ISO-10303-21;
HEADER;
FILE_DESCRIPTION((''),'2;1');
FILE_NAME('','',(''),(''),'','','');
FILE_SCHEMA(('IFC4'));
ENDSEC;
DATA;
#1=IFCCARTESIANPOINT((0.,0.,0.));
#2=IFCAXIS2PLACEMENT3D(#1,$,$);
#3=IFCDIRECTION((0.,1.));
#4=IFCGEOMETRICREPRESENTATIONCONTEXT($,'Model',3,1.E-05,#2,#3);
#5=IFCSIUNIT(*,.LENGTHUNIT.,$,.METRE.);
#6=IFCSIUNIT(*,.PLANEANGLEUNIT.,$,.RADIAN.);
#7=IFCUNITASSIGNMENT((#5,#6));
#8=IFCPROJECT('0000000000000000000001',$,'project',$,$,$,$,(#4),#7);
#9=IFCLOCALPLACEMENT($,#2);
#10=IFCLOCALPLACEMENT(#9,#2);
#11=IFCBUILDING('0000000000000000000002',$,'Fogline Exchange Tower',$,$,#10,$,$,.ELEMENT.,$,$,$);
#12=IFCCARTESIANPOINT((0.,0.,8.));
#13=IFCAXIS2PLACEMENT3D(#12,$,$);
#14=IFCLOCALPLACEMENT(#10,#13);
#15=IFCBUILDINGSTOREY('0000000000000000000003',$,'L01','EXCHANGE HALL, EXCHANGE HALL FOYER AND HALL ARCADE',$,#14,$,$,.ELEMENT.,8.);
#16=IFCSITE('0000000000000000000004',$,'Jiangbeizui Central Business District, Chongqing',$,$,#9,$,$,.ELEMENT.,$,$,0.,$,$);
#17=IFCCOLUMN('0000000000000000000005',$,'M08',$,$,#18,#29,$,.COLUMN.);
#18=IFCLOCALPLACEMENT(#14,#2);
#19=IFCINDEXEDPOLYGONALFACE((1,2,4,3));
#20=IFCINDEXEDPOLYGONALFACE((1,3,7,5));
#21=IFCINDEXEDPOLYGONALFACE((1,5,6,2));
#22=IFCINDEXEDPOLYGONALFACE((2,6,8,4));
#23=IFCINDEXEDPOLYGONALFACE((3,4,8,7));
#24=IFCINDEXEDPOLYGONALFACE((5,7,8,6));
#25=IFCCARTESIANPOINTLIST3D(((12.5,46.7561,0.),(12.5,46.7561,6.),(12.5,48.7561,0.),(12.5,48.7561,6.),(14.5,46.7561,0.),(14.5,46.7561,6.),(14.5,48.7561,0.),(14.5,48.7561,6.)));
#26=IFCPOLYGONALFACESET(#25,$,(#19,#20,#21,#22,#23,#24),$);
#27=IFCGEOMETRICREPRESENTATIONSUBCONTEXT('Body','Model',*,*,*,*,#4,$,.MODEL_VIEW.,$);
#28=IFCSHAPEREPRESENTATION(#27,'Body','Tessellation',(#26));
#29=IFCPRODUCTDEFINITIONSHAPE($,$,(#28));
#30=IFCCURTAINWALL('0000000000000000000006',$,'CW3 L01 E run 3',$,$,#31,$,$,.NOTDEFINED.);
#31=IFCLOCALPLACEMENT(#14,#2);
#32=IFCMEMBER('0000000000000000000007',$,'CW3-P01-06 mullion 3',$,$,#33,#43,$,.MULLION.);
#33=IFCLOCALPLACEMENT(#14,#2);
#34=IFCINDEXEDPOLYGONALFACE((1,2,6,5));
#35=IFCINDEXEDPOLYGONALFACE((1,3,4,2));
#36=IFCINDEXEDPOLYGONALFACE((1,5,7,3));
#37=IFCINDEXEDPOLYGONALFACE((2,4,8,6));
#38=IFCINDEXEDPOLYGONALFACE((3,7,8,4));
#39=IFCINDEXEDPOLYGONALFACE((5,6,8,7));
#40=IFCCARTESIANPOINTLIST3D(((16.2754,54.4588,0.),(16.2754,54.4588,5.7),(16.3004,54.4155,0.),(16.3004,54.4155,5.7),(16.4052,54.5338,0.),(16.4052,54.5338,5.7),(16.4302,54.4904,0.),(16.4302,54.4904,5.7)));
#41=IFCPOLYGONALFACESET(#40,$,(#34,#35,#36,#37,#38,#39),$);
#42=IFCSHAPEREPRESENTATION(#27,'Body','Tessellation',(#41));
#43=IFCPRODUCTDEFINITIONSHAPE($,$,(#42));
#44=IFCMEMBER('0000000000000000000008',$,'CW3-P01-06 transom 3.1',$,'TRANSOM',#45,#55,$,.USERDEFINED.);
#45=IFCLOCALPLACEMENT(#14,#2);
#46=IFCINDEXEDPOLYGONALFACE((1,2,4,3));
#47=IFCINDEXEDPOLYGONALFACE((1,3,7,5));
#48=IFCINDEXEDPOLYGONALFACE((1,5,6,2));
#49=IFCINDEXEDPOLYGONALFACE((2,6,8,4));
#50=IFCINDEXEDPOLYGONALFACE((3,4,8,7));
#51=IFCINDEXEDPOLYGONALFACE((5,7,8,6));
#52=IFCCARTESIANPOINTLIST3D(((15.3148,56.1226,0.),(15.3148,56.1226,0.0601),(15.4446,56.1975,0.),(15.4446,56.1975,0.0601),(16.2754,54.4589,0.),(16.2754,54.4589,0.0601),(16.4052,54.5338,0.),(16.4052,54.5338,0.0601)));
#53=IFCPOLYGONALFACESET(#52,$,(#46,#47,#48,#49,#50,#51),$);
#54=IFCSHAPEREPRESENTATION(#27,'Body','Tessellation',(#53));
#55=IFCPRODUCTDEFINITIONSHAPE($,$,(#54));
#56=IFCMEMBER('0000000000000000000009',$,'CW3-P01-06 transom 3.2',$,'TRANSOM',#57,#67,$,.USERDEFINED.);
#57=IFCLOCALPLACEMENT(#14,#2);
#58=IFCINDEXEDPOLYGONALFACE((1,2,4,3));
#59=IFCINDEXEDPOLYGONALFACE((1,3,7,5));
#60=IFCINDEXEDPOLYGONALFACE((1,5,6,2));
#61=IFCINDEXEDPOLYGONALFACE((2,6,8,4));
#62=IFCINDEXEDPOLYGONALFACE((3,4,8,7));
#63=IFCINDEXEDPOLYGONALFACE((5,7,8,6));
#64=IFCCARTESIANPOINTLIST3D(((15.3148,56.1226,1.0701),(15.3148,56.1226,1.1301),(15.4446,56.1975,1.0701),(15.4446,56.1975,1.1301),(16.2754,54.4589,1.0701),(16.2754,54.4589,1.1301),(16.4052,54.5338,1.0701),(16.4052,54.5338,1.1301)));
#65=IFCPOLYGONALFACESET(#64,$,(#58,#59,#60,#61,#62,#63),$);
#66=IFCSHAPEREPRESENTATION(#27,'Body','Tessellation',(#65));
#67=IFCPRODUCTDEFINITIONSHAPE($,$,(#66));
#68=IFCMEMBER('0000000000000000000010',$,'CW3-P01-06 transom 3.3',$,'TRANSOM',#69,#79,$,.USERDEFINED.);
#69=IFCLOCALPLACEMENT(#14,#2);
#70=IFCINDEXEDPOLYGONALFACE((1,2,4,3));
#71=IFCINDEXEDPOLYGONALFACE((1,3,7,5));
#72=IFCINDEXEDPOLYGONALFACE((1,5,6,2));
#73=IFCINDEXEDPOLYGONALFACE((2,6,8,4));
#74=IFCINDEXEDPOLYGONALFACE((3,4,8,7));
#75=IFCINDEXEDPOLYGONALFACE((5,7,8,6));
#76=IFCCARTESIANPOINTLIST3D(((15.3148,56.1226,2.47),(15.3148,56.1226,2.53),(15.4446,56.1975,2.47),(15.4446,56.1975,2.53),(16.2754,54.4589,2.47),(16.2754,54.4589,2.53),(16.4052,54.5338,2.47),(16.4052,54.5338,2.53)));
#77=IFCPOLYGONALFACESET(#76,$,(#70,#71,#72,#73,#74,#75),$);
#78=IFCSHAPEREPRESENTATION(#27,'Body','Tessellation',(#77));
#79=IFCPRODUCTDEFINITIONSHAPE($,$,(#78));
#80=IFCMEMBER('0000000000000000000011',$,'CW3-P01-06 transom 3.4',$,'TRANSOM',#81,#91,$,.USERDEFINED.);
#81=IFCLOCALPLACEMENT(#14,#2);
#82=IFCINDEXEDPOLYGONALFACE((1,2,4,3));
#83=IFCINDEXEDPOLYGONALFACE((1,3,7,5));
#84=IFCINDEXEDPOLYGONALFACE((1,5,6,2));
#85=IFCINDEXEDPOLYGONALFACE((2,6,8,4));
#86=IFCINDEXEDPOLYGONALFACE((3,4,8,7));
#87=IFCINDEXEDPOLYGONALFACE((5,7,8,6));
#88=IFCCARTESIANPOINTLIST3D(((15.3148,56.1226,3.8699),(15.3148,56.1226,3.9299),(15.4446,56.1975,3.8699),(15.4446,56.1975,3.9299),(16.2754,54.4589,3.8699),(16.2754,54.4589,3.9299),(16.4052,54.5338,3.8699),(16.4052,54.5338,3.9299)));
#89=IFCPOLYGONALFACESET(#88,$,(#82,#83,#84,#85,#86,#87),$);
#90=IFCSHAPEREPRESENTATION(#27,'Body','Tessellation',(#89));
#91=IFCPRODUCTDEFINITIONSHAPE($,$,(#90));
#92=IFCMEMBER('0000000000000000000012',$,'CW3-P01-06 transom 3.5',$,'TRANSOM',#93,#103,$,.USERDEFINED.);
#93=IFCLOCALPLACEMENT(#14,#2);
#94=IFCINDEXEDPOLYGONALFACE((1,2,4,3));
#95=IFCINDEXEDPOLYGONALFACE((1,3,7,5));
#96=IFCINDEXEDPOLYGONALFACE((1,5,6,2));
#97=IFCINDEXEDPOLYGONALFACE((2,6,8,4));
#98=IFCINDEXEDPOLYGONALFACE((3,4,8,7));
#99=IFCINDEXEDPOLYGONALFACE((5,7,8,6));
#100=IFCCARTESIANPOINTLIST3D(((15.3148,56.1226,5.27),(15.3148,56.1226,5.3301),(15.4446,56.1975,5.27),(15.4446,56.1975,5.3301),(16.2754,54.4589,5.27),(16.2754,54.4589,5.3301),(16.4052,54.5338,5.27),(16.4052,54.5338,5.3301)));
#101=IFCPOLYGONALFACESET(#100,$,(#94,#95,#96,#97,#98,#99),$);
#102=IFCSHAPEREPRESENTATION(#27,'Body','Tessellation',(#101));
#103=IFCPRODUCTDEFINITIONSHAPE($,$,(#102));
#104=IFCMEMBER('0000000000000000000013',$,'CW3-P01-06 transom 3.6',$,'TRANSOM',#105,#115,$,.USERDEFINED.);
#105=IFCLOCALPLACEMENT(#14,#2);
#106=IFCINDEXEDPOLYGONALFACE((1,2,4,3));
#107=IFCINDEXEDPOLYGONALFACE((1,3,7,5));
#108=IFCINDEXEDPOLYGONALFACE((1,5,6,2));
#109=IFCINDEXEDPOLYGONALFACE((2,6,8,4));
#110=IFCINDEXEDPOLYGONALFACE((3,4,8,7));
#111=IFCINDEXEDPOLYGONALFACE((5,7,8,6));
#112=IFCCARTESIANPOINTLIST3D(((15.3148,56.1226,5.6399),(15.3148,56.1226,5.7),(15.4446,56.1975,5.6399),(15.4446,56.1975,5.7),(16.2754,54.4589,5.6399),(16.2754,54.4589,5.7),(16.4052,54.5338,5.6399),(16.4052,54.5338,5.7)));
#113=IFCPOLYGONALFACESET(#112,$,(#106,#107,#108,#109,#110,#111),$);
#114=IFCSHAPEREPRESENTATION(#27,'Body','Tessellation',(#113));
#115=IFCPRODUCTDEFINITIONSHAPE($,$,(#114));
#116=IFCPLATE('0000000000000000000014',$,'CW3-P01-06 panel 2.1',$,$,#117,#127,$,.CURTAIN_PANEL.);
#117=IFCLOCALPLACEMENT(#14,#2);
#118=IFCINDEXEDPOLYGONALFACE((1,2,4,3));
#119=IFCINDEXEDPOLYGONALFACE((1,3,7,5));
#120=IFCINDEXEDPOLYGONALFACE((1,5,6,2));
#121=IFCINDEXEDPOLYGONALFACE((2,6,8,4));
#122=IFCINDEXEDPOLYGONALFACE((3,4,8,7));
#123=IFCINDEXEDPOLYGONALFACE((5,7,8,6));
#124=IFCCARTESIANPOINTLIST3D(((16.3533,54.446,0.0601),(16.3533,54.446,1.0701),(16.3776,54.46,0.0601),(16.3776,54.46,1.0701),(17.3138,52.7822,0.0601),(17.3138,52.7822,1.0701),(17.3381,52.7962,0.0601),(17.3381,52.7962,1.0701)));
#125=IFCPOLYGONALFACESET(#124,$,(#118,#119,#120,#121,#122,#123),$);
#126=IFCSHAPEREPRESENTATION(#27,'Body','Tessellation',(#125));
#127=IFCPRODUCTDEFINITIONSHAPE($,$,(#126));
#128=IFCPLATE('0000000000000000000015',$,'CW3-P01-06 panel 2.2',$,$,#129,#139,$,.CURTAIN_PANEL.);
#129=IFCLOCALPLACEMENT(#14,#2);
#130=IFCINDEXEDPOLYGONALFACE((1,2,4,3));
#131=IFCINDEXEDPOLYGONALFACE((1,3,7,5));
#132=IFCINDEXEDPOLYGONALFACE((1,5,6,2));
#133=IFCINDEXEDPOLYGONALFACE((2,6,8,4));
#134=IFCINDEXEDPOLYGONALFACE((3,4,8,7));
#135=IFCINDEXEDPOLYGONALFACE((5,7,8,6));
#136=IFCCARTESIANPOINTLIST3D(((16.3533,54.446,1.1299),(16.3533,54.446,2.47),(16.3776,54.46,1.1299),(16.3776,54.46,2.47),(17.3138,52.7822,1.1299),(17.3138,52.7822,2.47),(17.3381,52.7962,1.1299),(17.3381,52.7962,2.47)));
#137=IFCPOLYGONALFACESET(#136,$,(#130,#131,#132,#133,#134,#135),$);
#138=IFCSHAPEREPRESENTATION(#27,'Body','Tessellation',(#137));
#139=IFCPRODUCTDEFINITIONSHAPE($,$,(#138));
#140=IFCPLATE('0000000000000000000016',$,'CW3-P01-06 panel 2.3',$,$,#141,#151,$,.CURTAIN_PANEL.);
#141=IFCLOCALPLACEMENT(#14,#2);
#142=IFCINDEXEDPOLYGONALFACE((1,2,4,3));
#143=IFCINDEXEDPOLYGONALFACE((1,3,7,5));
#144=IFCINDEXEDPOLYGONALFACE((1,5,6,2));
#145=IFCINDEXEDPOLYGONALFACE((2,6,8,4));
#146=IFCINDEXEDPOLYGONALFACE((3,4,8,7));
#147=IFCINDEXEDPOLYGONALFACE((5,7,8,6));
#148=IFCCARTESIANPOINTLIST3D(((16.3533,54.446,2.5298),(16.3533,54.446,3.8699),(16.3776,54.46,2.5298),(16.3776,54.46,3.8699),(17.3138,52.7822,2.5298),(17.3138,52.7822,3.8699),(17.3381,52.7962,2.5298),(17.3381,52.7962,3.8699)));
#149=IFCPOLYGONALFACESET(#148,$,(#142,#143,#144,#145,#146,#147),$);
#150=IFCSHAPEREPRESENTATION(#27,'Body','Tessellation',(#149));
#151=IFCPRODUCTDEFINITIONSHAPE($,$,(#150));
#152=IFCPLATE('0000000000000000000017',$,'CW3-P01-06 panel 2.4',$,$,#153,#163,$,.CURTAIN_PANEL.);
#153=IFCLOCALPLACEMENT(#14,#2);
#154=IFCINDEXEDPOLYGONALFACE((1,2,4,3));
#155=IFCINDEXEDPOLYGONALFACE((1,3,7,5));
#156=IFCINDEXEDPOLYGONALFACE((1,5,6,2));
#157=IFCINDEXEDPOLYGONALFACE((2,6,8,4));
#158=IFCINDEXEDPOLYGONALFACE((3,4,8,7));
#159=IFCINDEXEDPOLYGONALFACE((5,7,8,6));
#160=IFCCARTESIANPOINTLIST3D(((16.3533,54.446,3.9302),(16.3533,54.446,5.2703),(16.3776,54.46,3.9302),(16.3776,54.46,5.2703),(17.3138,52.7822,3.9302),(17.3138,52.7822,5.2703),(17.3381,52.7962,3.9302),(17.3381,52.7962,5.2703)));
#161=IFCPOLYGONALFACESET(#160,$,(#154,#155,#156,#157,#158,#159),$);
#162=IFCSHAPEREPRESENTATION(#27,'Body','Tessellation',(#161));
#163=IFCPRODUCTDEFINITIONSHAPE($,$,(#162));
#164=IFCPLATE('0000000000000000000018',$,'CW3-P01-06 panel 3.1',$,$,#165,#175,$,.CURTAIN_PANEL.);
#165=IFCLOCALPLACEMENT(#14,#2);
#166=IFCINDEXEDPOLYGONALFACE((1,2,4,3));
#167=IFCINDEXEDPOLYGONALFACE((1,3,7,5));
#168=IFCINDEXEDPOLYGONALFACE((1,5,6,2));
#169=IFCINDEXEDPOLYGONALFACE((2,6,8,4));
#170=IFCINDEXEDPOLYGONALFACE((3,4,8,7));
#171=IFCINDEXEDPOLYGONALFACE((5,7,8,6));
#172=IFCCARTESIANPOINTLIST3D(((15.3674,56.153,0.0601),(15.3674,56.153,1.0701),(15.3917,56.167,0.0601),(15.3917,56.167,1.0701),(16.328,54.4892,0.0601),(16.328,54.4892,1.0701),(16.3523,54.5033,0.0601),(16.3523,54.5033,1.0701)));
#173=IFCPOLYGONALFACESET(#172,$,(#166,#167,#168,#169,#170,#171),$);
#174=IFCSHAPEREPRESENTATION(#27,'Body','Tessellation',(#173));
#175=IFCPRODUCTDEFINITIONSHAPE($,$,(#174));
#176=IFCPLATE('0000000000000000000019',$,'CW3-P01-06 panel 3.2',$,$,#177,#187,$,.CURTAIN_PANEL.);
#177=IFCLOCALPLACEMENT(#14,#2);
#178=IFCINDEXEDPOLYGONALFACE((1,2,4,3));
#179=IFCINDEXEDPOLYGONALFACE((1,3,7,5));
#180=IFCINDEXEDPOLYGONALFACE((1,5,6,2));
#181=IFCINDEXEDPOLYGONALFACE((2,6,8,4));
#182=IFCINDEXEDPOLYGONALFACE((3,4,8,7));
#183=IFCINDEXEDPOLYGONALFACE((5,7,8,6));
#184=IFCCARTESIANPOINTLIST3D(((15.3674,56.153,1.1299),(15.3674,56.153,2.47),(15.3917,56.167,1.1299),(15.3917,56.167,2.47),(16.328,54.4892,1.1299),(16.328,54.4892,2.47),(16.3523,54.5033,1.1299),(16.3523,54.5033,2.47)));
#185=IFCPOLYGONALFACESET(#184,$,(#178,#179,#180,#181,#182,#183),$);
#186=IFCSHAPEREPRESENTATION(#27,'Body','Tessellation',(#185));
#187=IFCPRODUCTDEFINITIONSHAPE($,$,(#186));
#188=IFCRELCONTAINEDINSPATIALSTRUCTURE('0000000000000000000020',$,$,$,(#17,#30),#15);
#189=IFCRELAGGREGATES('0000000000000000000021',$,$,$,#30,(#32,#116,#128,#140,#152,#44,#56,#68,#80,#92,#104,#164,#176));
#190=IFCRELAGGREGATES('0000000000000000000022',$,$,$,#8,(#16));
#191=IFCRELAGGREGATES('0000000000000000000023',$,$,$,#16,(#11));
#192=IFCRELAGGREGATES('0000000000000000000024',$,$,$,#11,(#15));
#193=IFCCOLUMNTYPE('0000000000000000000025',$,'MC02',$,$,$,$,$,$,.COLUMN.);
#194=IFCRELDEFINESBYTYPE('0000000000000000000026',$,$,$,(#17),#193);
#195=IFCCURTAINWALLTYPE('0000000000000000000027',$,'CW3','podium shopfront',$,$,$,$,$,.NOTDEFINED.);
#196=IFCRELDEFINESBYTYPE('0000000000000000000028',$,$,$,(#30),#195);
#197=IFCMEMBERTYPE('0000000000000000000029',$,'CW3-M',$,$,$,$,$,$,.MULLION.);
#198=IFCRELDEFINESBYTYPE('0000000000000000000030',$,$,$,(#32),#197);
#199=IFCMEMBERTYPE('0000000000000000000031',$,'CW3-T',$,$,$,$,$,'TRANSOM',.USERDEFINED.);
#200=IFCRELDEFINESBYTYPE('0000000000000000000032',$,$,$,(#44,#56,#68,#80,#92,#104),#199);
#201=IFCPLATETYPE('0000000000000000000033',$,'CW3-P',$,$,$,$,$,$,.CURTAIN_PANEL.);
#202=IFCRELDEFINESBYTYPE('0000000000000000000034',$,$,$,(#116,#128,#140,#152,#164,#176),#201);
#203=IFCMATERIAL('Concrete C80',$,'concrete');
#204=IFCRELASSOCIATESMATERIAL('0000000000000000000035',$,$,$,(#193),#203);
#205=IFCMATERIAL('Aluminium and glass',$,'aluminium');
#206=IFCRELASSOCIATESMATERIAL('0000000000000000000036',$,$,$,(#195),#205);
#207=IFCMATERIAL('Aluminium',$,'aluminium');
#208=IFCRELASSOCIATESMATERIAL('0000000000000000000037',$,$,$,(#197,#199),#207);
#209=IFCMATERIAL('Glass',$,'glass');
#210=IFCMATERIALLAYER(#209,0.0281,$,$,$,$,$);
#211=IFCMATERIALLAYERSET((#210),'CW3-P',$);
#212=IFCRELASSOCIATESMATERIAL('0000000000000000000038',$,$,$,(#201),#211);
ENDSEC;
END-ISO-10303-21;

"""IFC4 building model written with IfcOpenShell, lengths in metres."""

from ifc_helpers import new_model, si_unit, direction, frame, origin, origin_2d, place, context, subcontext, project, spatial, rectangle, extrude, material, layer, layer_set, material_profile, profile_set, type_object, element, aggregate, save


model = new_model("IFC4")

# Units and contexts
model_context = context("Model", 3, precision=1e-05, world=origin(), true_north=direction((0.0, 1.0)))
body_context = subcontext(model_context, "Body", "Model", "MODEL_VIEW")
ifc_project = project(units=[si_unit("LENGTHUNIT", "METRE"), si_unit("PLANEANGLEUNIT", "RADIAN")], contexts=[model_context])

# Site, building, storey
site_placement = place(None, origin())
site = spatial("IfcSite", under=ifc_project, at=site_placement, Name="Jiangbeizui Central Business District, Chongqing", CompositionType="ELEMENT", RefElevation=0.0)
building_placement = place(site_placement, origin())
building = spatial("IfcBuilding", under=site, at=building_placement, Name="Fogline Exchange Tower", CompositionType="ELEMENT")
storey_placement = place(building_placement, frame((0.0, 0.0, 8.0)))
storey = spatial("IfcBuildingStorey", under=building, at=storey_placement, Name="L01", Description="EXCHANGE HALL, EXCHANGE HALL FOYER AND HALL ARCADE", CompositionType="ELEMENT", Elevation=8.0)

# Column
ifc_material_1 = material(Name="Concrete C80", Category="concrete")
ifc_material_profile_1 = material_profile(ifc_material_1, rectangle(XDim=2.0, YDim=2.0, at=origin_2d()), Name="RC 2000x2000")
ifc_profile_set_1 = profile_set([ifc_material_profile_1], Name="Concrete C80")
column_type = type_object("IfcColumnType", Name="MC02", PredefinedType="COLUMN", material=ifc_profile_set_1)
column_placement = place(storey_placement, frame((13.5, 47.7561, 0.0), z_axis=(0.0, 0.0, 1.0), x_axis=(1.0, 0.0, 0.0)))
element("IfcColumn", 1, at=column_placement, inside=storey, type_object=column_type, Name="M08", PredefinedType="COLUMN", context=body_context, shape_type="SweptSolid", body=[
    extrude(rectangle(XDim=2.0, YDim=2.0, at=origin_2d()), origin(), (0.0, 0.0, 1.0), 6.0),
])

# Curtain wall, members, plates
ifc_material_2 = material(Name="Aluminium and glass", Category="aluminium")
curtain_wall_type = type_object("IfcCurtainWallType", Name="CW3", Description="podium shopfront", PredefinedType="NOTDEFINED", material=ifc_material_2)
curtain_wall_placement = place(storey_placement, origin())
curtain_wall = element("IfcCurtainWall", 2, at=curtain_wall_placement, inside=storey, type_object=curtain_wall_type, Name="CW3 L01 E run 3", PredefinedType="NOTDEFINED")
ifc_material_3 = material(Name="Aluminium", Category="aluminium")
ifc_material_profile_2 = material_profile(ifc_material_3, rectangle(XDim=0.1499, YDim=0.05, at=origin_2d()), Name="Mullion 50x150")
ifc_profile_set_2 = profile_set([ifc_material_profile_2], Name="Aluminium")
member_type_1 = type_object("IfcMemberType", Name="CW3-M", PredefinedType="MULLION", material=ifc_profile_set_2)
member_1_placement = place(storey_placement, frame((16.3528, 54.4746, 0.0), z_axis=(0.0, 0.0, 1.0), x_axis=(-0.866025, -0.5, 0.0)))
member_1 = element("IfcMember", 3, at=member_1_placement, type_object=member_type_1, Name="CW3-P01-06 mullion 3", PredefinedType="MULLION", context=body_context, shape_type="SweptSolid", body=[
    extrude(rectangle(XDim=0.1499, YDim=0.05, at=origin_2d()), origin(), (0.0, 0.0, 1.0), 5.7),
])
ifc_material_profile_3 = material_profile(ifc_material_3, rectangle(XDim=0.1499, YDim=0.0601, at=origin_2d()), Name="Transom 60x150")
ifc_profile_set_3 = profile_set([ifc_material_profile_3], Name="Aluminium")
member_type_2 = type_object("IfcMemberType", Name="CW3-T", ElementType="TRANSOM", PredefinedType="USERDEFINED", material=ifc_profile_set_3)
member_2_placement = place(storey_placement, frame((16.3403, 54.4963, 0.03), z_axis=(-0.500034, 0.866006, 0.0), x_axis=(-0.866006, -0.500034, 0.0)))
member_2 = element("IfcMember", 4, at=member_2_placement, type_object=member_type_2, Name="CW3-P01-06 transom 3.1", ObjectType="TRANSOM", PredefinedType="USERDEFINED", context=body_context, shape_type="SweptSolid", body=[
    extrude(rectangle(XDim=0.1499, YDim=0.0601, at=origin_2d()), origin(), (0.0, 0.0, 1.0), 1.9211),
])
member_3_placement = place(storey_placement, frame((16.3403, 54.4963, 1.1001), z_axis=(-0.500034, 0.866006, 0.0), x_axis=(-0.866006, -0.500034, 0.0)))
member_3 = element("IfcMember", 5, at=member_3_placement, type_object=member_type_2, Name="CW3-P01-06 transom 3.2", ObjectType="TRANSOM", PredefinedType="USERDEFINED", context=body_context, shape_type="SweptSolid", body=[
    extrude(rectangle(XDim=0.1499, YDim=0.0601, at=origin_2d()), origin(), (0.0, 0.0, 1.0), 1.9211),
])
member_4_placement = place(storey_placement, frame((16.3403, 54.4963, 2.5), z_axis=(-0.500034, 0.866006, 0.0), x_axis=(-0.866006, -0.500034, 0.0)))
member_4 = element("IfcMember", 6, at=member_4_placement, type_object=member_type_2, Name="CW3-P01-06 transom 3.3", ObjectType="TRANSOM", PredefinedType="USERDEFINED", context=body_context, shape_type="SweptSolid", body=[
    extrude(rectangle(XDim=0.1499, YDim=0.0601, at=origin_2d()), origin(), (0.0, 0.0, 1.0), 1.9211),
])
member_5_placement = place(storey_placement, frame((16.3403, 54.4963, 3.8999), z_axis=(-0.500034, 0.866006, 0.0), x_axis=(-0.866006, -0.500034, 0.0)))
member_5 = element("IfcMember", 7, at=member_5_placement, type_object=member_type_2, Name="CW3-P01-06 transom 3.4", ObjectType="TRANSOM", PredefinedType="USERDEFINED", context=body_context, shape_type="SweptSolid", body=[
    extrude(rectangle(XDim=0.1499, YDim=0.0601, at=origin_2d()), origin(), (0.0, 0.0, 1.0), 1.9211),
])
member_6_placement = place(storey_placement, frame((16.3403, 54.4963, 5.3), z_axis=(-0.500034, 0.866006, 0.0), x_axis=(-0.866006, -0.500034, 0.0)))
member_6 = element("IfcMember", 8, at=member_6_placement, type_object=member_type_2, Name="CW3-P01-06 transom 3.5", ObjectType="TRANSOM", PredefinedType="USERDEFINED", context=body_context, shape_type="SweptSolid", body=[
    extrude(rectangle(XDim=0.1499, YDim=0.0601, at=origin_2d()), origin(), (0.0, 0.0, 1.0), 1.9211),
])
member_7_placement = place(storey_placement, frame((16.3403, 54.4963, 5.6699), z_axis=(-0.500034, 0.866006, 0.0), x_axis=(-0.866006, -0.500034, 0.0)))
member_7 = element("IfcMember", 9, at=member_7_placement, type_object=member_type_2, Name="CW3-P01-06 transom 3.6", ObjectType="TRANSOM", PredefinedType="USERDEFINED", context=body_context, shape_type="SweptSolid", body=[
    extrude(rectangle(XDim=0.1499, YDim=0.0601, at=origin_2d()), origin(), (0.0, 0.0, 1.0), 1.9211),
])
ifc_material_4 = material(Name="Glass", Category="glass")
ifc_layer_1 = layer(ifc_material_4, 0.0281)
ifc_layer_set_1 = layer_set([ifc_layer_1], Name="CW3-P")
plate_type = type_object("IfcPlateType", Name="CW3-P", PredefinedType="CURTAIN_PANEL", material=ifc_layer_set_1)
plate_1_placement = place(storey_placement, frame((16.8457, 53.6211, 0.0601), z_axis=(0.0, 0.0, 1.0), x_axis=(-0.5, 0.866025, 0.0)))
plate_1 = element("IfcPlate", 10, at=plate_1_placement, type_object=plate_type, Name="CW3-P01-06 panel 2.1", PredefinedType="CURTAIN_PANEL", context=body_context, shape_type="SweptSolid", body=[
    extrude(rectangle(XDim=1.9211, YDim=0.0281, at=origin_2d()), origin(), (0.0, 0.0, 1.0), 1.01),
])
plate_2_placement = place(storey_placement, frame((16.8457, 53.6211, 1.1299), z_axis=(0.0, 0.0, 1.0), x_axis=(-0.5, 0.866025, 0.0)))
plate_2 = element("IfcPlate", 11, at=plate_2_placement, type_object=plate_type, Name="CW3-P01-06 panel 2.2", PredefinedType="CURTAIN_PANEL", context=body_context, shape_type="SweptSolid", body=[
    extrude(rectangle(XDim=1.9211, YDim=0.0281, at=origin_2d()), origin(), (0.0, 0.0, 1.0), 1.3401),
])
plate_3_placement = place(storey_placement, frame((16.8457, 53.6211, 2.5298), z_axis=(0.0, 0.0, 1.0), x_axis=(-0.5, 0.866025, 0.0)))
plate_3 = element("IfcPlate", 12, at=plate_3_placement, type_object=plate_type, Name="CW3-P01-06 panel 2.3", PredefinedType="CURTAIN_PANEL", context=body_context, shape_type="SweptSolid", body=[
    extrude(rectangle(XDim=1.9211, YDim=0.0281, at=origin_2d()), origin(), (0.0, 0.0, 1.0), 1.3401),
])
plate_4_placement = place(storey_placement, frame((16.8457, 53.6211, 3.9302), z_axis=(0.0, 0.0, 1.0), x_axis=(-0.5, 0.866025, 0.0)))
plate_4 = element("IfcPlate", 13, at=plate_4_placement, type_object=plate_type, Name="CW3-P01-06 panel 2.4", PredefinedType="CURTAIN_PANEL", context=body_context, shape_type="SweptSolid", body=[
    extrude(rectangle(XDim=1.9211, YDim=0.0281, at=origin_2d()), origin(), (0.0, 0.0, 1.0), 1.3401),
])
plate_5_placement = place(storey_placement, frame((15.8599, 55.3281, 0.0601), z_axis=(0.0, 0.0, 1.0), x_axis=(-0.5, 0.866025, 0.0)))
plate_5 = element("IfcPlate", 14, at=plate_5_placement, type_object=plate_type, Name="CW3-P01-06 panel 3.1", PredefinedType="CURTAIN_PANEL", context=body_context, shape_type="SweptSolid", body=[
    extrude(rectangle(XDim=1.9211, YDim=0.0281, at=origin_2d()), origin(), (0.0, 0.0, 1.0), 1.01),
])
plate_6_placement = place(storey_placement, frame((15.8599, 55.3281, 1.1299), z_axis=(0.0, 0.0, 1.0), x_axis=(-0.5, 0.866025, 0.0)))
plate_6 = element("IfcPlate", 15, at=plate_6_placement, type_object=plate_type, Name="CW3-P01-06 panel 3.2", PredefinedType="CURTAIN_PANEL", context=body_context, shape_type="SweptSolid", body=[
    extrude(rectangle(XDim=1.9211, YDim=0.0281, at=origin_2d()), origin(), (0.0, 0.0, 1.0), 1.3401),
])
aggregate(curtain_wall, [member_1, plate_1, plate_2, plate_3, plate_4, member_2, member_3, member_4, member_5, member_6, member_7, plate_5, plate_6])

save(model, "model.ifc")
